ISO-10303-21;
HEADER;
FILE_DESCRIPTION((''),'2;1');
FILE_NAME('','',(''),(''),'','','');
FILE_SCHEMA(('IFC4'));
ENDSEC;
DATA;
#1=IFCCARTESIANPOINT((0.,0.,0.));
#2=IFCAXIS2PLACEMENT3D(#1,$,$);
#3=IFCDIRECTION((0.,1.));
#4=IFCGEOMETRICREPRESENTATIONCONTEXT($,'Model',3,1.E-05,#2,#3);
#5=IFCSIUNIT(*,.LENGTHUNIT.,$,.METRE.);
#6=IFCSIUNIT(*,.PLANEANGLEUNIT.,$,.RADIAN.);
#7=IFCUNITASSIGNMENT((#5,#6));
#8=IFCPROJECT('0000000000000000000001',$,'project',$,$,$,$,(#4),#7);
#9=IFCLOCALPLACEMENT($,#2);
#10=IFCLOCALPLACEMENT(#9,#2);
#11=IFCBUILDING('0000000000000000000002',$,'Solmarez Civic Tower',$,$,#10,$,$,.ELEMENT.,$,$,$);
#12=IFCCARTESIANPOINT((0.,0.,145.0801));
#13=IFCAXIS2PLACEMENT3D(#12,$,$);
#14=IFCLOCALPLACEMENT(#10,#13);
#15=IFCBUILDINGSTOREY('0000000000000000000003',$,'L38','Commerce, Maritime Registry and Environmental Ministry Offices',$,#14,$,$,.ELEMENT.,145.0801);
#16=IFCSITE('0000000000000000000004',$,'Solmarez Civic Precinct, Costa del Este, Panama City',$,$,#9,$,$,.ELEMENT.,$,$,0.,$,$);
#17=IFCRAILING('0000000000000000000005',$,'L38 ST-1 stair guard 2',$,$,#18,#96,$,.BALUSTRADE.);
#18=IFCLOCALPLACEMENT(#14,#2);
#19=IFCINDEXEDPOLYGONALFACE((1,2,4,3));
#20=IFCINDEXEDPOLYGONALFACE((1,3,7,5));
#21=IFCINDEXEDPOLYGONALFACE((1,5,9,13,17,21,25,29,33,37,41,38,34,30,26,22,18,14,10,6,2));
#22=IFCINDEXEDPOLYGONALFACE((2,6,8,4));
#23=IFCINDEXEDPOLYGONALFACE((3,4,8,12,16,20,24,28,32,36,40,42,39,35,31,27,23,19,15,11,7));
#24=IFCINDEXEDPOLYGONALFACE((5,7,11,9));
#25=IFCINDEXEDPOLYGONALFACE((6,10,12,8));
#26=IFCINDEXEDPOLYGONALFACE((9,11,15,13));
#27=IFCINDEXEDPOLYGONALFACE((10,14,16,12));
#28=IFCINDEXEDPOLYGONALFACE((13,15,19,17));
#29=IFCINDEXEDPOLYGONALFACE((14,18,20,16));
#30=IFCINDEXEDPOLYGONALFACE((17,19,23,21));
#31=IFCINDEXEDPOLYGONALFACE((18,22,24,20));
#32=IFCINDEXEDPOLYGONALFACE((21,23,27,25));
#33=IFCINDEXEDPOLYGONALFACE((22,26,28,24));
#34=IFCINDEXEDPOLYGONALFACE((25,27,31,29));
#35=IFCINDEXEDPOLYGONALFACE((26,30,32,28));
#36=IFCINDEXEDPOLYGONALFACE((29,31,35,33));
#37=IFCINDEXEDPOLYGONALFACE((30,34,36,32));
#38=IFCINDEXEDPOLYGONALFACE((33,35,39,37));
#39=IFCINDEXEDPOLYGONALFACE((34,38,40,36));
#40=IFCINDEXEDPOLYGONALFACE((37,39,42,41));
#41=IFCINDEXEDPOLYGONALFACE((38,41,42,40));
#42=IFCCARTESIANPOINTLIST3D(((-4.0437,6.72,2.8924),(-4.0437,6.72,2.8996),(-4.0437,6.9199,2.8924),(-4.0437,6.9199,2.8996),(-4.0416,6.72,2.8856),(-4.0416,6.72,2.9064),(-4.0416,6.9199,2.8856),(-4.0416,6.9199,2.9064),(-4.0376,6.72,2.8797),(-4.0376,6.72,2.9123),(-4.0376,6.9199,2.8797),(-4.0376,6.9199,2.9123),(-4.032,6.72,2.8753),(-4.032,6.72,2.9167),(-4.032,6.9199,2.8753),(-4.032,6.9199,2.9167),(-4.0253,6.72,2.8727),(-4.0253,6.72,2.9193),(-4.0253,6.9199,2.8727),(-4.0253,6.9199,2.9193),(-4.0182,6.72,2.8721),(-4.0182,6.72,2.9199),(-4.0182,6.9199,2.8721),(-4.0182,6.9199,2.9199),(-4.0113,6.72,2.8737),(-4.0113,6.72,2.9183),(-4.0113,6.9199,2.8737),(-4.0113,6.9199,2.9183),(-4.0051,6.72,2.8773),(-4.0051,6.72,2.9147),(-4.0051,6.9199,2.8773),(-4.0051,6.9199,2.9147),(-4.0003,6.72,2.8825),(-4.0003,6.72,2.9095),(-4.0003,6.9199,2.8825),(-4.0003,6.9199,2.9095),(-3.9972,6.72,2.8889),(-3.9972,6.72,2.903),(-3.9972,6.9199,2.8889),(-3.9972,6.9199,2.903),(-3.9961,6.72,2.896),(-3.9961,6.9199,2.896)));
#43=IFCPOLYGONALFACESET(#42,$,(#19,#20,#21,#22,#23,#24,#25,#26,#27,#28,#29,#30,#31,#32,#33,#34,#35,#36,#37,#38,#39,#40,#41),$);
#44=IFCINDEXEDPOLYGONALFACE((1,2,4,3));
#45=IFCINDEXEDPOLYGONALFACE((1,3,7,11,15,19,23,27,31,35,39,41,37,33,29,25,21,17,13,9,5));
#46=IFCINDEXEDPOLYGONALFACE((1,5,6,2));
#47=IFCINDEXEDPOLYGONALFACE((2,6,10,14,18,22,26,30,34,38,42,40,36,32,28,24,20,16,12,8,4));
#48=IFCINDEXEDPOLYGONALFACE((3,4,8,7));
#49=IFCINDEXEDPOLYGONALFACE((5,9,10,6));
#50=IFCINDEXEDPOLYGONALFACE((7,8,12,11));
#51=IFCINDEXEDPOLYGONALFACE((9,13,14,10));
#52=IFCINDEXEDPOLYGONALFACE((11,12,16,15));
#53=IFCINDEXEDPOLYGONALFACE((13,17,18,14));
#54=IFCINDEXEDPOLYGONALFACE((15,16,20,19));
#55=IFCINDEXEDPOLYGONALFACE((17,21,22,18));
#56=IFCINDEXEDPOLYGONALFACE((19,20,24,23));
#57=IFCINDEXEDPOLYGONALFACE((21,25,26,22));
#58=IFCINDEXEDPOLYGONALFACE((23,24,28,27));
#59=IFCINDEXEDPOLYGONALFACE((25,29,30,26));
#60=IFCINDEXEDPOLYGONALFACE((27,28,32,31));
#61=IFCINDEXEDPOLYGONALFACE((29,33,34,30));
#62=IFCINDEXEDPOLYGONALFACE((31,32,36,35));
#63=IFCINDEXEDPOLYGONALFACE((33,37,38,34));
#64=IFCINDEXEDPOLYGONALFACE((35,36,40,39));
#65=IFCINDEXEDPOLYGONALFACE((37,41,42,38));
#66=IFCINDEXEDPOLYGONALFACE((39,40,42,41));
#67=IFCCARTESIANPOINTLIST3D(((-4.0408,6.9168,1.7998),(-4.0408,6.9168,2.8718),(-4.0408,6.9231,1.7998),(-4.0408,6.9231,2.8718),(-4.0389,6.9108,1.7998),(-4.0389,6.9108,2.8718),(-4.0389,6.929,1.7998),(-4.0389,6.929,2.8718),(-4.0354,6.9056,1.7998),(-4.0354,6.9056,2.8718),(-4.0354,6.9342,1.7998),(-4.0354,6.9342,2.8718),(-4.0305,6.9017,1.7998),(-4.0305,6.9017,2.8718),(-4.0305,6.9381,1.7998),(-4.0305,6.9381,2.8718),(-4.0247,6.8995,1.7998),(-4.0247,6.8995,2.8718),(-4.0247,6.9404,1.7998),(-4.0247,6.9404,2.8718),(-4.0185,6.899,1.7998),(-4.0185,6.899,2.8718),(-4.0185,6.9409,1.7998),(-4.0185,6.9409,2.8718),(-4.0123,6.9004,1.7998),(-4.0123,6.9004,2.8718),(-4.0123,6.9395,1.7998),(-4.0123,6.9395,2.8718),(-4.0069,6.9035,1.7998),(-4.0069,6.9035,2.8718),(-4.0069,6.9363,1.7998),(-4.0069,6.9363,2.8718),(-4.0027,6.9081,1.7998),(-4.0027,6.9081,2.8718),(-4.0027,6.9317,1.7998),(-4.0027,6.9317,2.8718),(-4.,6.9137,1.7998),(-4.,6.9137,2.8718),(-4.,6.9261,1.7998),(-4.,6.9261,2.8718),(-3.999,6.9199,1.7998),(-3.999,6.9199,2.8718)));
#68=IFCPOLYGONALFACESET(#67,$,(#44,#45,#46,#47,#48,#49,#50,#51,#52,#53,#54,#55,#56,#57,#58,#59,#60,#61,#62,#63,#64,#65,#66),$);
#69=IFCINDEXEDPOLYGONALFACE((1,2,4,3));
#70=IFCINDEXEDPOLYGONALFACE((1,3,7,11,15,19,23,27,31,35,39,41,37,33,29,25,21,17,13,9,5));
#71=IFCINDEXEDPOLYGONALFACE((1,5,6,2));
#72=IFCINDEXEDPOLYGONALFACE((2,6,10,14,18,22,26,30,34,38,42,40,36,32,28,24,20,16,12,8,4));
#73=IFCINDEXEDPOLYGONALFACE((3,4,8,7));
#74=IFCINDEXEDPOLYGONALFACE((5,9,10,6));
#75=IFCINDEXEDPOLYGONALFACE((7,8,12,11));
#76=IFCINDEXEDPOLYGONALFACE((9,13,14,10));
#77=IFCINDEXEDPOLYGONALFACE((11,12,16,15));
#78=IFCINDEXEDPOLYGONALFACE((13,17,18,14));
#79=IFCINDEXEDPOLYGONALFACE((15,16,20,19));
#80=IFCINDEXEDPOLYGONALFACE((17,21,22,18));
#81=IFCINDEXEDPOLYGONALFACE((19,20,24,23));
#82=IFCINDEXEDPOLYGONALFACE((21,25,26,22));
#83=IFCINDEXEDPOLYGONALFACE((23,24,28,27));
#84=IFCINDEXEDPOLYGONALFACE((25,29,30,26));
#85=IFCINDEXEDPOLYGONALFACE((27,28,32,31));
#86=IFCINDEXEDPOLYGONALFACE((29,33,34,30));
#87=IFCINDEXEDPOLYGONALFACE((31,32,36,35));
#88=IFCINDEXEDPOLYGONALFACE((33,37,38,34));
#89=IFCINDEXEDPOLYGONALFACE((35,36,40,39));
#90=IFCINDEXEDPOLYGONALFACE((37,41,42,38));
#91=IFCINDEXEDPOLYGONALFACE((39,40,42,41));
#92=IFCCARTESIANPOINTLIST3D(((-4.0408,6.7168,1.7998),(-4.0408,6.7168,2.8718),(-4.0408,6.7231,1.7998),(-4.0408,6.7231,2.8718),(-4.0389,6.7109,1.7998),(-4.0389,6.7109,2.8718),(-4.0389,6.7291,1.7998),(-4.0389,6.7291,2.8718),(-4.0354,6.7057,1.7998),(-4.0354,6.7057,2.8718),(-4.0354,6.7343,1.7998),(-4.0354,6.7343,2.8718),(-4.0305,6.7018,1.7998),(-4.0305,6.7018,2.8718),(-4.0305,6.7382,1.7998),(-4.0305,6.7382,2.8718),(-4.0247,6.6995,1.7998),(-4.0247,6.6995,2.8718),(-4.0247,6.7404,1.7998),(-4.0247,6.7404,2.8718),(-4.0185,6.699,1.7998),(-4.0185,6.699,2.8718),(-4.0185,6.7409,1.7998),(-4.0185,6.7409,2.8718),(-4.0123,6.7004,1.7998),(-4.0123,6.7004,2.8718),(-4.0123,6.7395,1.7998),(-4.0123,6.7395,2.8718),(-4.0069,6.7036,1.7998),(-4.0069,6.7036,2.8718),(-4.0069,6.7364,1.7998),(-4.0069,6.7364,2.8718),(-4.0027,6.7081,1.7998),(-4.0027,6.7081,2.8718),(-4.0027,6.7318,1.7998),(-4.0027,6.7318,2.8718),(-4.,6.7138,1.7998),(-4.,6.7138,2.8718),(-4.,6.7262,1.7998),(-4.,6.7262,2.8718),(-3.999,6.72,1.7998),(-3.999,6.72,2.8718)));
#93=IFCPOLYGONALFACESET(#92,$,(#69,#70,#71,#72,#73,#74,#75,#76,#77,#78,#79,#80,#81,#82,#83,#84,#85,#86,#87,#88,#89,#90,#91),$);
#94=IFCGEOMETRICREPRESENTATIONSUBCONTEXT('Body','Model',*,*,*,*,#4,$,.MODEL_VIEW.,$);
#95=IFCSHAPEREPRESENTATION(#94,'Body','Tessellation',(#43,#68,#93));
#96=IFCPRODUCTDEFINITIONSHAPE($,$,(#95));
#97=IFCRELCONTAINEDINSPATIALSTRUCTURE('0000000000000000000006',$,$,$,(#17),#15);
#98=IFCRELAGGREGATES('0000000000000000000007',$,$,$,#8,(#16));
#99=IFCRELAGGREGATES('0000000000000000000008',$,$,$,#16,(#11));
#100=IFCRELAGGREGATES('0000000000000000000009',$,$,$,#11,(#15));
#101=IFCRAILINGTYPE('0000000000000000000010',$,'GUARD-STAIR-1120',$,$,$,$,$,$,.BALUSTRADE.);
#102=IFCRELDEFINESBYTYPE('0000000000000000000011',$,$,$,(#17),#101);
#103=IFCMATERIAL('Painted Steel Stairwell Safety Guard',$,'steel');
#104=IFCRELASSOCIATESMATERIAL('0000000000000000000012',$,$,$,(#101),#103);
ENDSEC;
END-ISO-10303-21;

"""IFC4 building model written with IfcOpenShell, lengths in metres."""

from ifc_helpers import new_model, si_unit, direction, frame, origin, origin_2d, place, context, subcontext, project, spatial, circle, extrude, material, type_object, element, save


model = new_model("IFC4")

# Units and contexts
model_context = context("Model", 3, precision=1e-05, world=origin(), true_north=direction((0.0, 1.0)))
body_context = subcontext(model_context, "Body", "Model", "MODEL_VIEW")
ifc_project = project(units=[si_unit("LENGTHUNIT", "METRE"), si_unit("PLANEANGLEUNIT", "RADIAN")], contexts=[model_context])

# Site, building, storey
site_placement = place(None, origin())
site = spatial("IfcSite", under=ifc_project, at=site_placement, Name="Solmarez Civic Precinct, Costa del Este, Panama City", CompositionType="ELEMENT", RefElevation=0.0)
building_placement = place(site_placement, origin())
building = spatial("IfcBuilding", under=site, at=building_placement, Name="Solmarez Civic Tower", CompositionType="ELEMENT")
storey_placement = place(building_placement, frame((0.0, 0.0, 145.0801)))
storey = spatial("IfcBuildingStorey", under=building, at=storey_placement, Name="L38", Description="Commerce, Maritime Registry and Environmental Ministry Offices", CompositionType="ELEMENT", Elevation=145.0801)

# Railing
ifc_material_1 = material(Name="Painted Steel Stairwell Safety Guard", Category="steel")
railing_type_1 = type_object("IfcRailingType", Name="GUARD-STAIR-1120", PredefinedType="BALUSTRADE", material=ifc_material_1)
railing_1_placement = place(storey_placement, frame((-4.02, 6.9199, 1.7998)))
element("IfcRailing", 1, at=railing_1_placement, inside=storey, type_object=railing_type_1, Name="L38 ST-1 stair guard 2", PredefinedType="BALUSTRADE", context=body_context, shape_type="SweptSolid", body=[
    extrude(circle(Radius=0.0239, at=origin_2d()), frame((0.0, 0.0, 1.0962), z_axis=(0.0, -1.0, 0.0), x_axis=(1.0, 0.0, 0.0)), (0.0, 0.0, 1.0), 0.2),
    extrude(circle(Radius=0.021, at=origin_2d()), origin(), (0.0, 0.0, 1.0), 1.072),
    extrude(circle(Radius=0.021, at=origin_2d()), frame((0.0, -0.2, 0.0)), (0.0, 0.0, 1.0), 1.072),
])

save(model, "model.ifc")
